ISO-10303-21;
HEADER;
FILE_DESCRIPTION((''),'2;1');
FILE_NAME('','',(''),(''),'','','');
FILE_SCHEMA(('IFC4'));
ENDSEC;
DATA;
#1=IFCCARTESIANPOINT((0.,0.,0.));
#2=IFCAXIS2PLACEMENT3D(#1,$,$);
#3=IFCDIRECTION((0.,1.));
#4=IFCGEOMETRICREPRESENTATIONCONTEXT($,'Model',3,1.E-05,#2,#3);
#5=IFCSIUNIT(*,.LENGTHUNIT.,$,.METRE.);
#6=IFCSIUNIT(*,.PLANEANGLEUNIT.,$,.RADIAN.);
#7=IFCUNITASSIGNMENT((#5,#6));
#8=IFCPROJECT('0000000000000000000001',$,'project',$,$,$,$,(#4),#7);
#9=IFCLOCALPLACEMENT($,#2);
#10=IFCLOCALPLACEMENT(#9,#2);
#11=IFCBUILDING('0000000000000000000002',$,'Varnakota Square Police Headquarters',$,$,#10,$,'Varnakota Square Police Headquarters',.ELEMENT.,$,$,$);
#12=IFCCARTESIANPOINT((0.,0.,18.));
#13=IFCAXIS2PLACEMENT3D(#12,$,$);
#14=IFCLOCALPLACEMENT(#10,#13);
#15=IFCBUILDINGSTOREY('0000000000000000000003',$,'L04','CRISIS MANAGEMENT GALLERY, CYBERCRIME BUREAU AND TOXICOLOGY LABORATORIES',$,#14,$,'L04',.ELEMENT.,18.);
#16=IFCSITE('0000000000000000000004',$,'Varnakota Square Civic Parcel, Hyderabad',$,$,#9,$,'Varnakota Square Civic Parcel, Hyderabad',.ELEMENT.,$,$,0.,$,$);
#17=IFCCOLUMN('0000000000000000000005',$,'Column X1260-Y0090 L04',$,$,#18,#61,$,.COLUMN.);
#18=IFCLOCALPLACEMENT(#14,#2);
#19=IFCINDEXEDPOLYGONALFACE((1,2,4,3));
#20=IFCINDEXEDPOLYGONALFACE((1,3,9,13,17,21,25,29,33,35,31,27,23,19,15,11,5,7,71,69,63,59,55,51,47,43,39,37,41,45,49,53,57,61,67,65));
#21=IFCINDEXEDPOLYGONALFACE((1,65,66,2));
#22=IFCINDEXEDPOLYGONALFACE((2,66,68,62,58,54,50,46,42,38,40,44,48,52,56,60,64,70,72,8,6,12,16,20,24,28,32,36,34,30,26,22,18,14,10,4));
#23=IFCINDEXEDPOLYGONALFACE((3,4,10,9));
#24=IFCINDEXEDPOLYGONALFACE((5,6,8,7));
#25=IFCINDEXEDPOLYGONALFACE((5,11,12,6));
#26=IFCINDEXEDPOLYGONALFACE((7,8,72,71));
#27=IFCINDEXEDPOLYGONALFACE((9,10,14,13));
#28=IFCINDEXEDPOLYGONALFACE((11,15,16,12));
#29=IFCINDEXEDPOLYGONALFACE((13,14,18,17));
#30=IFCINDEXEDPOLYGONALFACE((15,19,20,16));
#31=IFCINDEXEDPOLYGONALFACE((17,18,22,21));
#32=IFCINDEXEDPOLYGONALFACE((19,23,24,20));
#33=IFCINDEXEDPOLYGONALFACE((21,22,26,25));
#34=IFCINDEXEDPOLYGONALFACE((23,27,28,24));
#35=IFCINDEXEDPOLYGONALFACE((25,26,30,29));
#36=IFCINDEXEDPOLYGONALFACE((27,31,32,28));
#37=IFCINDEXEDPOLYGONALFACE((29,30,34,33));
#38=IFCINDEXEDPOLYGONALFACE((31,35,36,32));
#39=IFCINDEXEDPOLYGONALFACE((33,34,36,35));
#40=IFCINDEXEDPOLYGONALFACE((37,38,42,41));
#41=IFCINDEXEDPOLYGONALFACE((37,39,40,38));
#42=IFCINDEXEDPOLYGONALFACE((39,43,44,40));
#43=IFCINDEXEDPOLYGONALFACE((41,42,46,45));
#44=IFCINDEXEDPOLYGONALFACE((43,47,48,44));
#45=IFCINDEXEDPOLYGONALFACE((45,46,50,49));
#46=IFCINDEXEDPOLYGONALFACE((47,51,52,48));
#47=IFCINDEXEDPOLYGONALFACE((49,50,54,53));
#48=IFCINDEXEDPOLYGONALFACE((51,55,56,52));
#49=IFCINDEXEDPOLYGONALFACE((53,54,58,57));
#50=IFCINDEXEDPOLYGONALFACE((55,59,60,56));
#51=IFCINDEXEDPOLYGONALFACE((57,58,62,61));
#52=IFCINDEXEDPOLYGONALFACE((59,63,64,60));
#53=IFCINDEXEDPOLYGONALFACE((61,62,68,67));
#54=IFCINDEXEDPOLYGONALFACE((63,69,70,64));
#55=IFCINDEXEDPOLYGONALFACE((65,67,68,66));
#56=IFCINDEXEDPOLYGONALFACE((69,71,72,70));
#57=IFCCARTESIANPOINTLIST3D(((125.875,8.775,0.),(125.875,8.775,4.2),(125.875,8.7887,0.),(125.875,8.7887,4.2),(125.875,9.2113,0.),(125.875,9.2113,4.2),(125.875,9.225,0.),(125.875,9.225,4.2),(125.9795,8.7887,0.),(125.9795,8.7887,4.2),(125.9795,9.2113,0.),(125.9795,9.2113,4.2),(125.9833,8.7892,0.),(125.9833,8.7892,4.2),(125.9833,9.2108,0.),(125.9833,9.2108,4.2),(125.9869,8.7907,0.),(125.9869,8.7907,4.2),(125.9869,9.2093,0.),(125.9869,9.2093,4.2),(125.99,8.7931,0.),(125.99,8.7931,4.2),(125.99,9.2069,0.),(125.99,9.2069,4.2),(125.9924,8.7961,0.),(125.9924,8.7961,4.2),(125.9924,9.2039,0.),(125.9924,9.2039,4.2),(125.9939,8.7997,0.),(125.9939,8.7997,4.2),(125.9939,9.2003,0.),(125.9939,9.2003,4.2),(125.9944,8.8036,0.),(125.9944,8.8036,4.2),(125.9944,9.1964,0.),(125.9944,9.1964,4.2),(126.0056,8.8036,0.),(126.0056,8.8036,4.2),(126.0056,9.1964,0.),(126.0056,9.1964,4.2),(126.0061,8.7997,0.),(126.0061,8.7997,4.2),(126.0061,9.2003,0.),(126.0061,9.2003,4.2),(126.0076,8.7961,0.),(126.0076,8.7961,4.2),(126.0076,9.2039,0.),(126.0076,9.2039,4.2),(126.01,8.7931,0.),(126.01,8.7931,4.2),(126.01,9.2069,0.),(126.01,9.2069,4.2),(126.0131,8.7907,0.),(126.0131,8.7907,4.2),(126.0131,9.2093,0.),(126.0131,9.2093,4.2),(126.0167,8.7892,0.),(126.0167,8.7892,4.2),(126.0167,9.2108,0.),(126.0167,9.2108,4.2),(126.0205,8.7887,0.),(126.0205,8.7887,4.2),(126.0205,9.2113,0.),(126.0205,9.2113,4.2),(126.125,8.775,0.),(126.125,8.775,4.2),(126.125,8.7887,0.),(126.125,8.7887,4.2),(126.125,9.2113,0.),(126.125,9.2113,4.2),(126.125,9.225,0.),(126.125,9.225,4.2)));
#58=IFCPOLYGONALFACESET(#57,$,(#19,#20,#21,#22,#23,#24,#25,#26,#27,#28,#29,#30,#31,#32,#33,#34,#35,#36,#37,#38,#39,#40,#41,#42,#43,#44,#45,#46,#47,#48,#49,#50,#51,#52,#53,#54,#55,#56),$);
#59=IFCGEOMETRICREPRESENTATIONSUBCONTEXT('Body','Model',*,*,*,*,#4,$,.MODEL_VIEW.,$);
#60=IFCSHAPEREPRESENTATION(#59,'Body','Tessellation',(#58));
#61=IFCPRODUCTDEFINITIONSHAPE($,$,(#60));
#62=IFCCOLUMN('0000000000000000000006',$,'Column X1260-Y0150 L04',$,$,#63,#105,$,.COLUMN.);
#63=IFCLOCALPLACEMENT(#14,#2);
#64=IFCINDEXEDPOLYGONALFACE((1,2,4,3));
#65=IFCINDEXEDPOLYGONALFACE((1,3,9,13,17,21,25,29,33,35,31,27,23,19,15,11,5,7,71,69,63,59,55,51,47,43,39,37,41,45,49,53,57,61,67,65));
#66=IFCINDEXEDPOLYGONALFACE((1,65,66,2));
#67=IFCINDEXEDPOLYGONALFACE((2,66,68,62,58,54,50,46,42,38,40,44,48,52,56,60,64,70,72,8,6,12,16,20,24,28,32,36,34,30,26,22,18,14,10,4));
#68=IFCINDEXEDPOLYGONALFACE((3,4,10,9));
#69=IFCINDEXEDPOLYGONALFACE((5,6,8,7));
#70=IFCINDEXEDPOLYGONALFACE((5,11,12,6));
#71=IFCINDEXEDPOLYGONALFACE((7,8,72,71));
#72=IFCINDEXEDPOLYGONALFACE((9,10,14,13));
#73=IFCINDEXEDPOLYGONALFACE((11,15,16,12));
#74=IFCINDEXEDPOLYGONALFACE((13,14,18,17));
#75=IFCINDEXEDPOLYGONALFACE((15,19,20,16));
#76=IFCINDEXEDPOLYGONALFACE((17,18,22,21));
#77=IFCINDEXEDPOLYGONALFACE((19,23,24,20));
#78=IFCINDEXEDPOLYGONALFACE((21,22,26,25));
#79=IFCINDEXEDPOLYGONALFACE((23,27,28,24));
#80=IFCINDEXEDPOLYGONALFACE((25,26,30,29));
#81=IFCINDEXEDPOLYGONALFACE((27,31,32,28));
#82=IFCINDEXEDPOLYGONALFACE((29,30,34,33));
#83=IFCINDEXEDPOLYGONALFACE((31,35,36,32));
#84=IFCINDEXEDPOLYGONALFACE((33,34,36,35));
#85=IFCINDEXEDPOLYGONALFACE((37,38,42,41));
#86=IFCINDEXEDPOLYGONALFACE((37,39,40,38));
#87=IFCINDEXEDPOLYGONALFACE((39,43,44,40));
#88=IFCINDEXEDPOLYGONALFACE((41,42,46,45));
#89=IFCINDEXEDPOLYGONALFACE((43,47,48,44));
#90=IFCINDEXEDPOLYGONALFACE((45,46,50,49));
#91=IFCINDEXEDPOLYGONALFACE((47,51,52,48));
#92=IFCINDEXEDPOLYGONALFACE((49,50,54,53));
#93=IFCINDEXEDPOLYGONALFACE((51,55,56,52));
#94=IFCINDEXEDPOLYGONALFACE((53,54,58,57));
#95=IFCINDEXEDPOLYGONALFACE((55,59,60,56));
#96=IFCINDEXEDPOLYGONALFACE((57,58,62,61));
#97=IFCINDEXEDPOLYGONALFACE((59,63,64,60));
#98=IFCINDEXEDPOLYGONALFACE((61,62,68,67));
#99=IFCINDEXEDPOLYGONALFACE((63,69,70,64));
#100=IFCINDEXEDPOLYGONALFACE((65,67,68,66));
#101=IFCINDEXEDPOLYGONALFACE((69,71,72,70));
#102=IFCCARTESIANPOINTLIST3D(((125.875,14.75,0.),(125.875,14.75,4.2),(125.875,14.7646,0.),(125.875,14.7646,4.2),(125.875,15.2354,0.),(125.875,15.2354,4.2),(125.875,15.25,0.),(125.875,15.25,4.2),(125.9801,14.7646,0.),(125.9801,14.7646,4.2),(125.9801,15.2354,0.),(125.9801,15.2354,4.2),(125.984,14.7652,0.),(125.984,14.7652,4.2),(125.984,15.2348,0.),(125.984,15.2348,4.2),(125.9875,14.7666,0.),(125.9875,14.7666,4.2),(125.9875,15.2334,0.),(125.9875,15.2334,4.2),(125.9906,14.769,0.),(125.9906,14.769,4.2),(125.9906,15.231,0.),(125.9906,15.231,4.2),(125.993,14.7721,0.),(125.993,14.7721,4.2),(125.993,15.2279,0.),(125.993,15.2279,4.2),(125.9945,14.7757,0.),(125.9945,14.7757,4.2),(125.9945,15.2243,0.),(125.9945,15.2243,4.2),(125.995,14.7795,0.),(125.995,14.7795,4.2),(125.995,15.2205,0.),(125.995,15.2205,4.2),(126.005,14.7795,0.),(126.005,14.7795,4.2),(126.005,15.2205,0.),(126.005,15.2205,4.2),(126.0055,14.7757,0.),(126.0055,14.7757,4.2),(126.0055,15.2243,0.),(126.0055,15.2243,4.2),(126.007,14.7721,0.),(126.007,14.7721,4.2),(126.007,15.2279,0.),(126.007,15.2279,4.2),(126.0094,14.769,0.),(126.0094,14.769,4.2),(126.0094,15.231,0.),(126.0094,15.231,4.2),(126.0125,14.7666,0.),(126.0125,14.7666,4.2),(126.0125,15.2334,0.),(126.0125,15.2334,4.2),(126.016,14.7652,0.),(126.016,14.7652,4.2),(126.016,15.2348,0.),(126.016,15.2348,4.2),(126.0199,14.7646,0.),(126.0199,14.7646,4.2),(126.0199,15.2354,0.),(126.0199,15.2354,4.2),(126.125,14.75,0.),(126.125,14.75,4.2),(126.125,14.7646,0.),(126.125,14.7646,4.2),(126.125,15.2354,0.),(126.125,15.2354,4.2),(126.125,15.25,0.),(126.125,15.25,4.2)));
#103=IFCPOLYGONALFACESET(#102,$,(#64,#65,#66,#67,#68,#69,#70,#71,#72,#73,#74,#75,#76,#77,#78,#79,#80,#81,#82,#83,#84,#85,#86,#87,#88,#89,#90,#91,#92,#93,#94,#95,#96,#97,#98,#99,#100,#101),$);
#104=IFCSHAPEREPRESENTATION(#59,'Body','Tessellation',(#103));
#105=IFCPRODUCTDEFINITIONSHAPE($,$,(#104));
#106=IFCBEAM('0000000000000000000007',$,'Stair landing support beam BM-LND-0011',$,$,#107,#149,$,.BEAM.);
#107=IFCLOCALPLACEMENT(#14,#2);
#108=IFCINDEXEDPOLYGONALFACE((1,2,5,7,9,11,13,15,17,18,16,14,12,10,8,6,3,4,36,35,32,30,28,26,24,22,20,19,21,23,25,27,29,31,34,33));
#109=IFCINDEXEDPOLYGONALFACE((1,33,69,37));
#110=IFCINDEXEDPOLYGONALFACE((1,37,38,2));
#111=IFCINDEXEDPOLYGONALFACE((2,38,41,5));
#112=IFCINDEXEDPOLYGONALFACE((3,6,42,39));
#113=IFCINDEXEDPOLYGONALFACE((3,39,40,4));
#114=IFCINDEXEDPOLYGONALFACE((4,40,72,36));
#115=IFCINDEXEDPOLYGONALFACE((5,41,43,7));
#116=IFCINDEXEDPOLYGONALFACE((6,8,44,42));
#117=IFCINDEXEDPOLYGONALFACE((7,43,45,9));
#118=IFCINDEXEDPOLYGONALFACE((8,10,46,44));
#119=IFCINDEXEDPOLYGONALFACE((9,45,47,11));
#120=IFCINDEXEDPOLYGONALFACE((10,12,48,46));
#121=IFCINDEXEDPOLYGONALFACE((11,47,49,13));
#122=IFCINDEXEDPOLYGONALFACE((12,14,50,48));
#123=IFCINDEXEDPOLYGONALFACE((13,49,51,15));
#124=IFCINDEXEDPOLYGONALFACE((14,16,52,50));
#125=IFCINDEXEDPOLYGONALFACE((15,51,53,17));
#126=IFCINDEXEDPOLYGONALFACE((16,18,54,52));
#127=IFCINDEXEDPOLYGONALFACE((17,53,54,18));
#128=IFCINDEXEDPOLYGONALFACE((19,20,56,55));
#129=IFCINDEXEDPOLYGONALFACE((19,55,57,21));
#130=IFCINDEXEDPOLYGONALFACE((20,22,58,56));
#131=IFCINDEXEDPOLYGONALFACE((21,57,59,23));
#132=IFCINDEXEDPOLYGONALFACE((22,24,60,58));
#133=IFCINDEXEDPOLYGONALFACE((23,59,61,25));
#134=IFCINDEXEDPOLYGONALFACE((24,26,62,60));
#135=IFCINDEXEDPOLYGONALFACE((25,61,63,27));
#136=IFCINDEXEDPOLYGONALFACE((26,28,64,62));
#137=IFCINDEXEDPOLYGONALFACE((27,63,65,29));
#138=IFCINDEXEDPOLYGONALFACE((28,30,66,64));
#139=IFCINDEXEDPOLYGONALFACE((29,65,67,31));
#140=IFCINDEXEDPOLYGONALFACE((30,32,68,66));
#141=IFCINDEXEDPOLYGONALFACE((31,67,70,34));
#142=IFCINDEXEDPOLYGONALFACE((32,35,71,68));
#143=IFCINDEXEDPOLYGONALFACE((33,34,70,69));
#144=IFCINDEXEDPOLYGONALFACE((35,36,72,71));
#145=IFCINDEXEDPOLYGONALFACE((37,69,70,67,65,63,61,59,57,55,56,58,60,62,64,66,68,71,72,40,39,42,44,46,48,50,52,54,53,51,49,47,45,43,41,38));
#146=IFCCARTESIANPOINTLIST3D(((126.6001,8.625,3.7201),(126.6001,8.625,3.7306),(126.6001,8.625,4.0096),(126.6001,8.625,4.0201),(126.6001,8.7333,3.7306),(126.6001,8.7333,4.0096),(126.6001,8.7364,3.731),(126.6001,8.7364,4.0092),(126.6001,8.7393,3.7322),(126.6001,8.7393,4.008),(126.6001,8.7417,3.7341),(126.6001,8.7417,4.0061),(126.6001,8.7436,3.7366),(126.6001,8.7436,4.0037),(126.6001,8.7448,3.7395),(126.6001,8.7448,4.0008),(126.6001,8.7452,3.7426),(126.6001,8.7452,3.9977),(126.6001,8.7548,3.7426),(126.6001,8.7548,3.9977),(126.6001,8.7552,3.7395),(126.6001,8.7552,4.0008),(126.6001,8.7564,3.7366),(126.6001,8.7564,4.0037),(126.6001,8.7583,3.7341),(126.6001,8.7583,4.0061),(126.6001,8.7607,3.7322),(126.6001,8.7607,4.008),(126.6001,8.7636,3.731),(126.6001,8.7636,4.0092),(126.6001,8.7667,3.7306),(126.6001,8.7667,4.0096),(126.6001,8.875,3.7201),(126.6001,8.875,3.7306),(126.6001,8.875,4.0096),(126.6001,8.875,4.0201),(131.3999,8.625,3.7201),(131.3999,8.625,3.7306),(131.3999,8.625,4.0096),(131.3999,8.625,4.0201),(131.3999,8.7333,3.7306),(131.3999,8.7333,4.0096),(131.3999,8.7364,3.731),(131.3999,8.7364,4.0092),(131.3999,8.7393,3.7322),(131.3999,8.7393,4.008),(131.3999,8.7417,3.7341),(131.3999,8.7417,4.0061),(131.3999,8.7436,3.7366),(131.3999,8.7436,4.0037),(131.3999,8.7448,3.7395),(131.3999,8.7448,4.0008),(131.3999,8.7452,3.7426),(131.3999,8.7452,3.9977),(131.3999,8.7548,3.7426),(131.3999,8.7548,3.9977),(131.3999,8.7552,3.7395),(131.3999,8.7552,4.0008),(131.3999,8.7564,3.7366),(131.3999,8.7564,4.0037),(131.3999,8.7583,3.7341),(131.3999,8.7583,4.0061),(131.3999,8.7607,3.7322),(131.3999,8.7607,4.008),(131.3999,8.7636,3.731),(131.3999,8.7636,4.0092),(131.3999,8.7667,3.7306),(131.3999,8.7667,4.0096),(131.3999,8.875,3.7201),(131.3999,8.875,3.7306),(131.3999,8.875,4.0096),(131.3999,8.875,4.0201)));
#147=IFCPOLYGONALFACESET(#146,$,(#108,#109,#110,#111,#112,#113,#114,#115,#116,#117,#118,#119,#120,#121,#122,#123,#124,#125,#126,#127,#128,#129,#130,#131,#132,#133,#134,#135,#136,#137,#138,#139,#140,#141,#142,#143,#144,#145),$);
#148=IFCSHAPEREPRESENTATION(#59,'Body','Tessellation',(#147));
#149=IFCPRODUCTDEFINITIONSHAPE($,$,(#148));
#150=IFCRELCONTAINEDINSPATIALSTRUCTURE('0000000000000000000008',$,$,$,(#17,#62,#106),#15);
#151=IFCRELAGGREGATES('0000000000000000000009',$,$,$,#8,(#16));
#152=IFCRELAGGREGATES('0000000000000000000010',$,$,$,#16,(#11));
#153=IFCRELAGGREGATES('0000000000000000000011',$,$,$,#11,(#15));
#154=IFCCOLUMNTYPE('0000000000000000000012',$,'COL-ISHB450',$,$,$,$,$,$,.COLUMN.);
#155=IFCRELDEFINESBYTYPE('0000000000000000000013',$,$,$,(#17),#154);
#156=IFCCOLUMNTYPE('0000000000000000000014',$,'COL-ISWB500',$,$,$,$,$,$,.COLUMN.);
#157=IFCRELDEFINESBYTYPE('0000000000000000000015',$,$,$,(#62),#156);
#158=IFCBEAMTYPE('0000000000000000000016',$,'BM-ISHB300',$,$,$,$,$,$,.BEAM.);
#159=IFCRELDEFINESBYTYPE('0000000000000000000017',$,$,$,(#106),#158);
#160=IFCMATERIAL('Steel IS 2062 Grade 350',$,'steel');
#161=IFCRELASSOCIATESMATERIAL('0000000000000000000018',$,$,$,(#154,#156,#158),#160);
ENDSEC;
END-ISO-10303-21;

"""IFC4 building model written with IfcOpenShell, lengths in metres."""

from ifc_helpers import new_model, si_unit, direction, frame, origin, origin_2d, place, context, subcontext, project, spatial, i_section, extrude, material, material_profile, profile_set, type_object, element, save


model = new_model("IFC4")

# Units and contexts
model_context = context("Model", 3, precision=1e-05, world=origin(), true_north=direction((0.0, 1.0)))
body_context = subcontext(model_context, "Body", "Model", "MODEL_VIEW")
ifc_project = project(units=[si_unit("LENGTHUNIT", "METRE"), si_unit("PLANEANGLEUNIT", "RADIAN")], contexts=[model_context])

# Site, building, storey
site_placement = place(None, origin())
site = spatial("IfcSite", under=ifc_project, at=site_placement, Name="Varnakota Square Civic Parcel, Hyderabad", LongName="Varnakota Square Civic Parcel, Hyderabad", CompositionType="ELEMENT", RefElevation=0.0)
building_placement = place(site_placement, origin())
building = spatial("IfcBuilding", under=site, at=building_placement, Name="Varnakota Square Police Headquarters", LongName="Varnakota Square Police Headquarters", CompositionType="ELEMENT")
storey_placement = place(building_placement, frame((0.0, 0.0, 18.0)))
storey = spatial("IfcBuildingStorey", under=building, at=storey_placement, Name="L04", Description="CRISIS MANAGEMENT GALLERY, CYBERCRIME BUREAU AND TOXICOLOGY LABORATORIES", LongName="L04", CompositionType="ELEMENT", Elevation=18.0)

# Columns
ifc_material_1 = material(Name="Steel IS 2062 Grade 350", Category="steel")
ifc_material_profile_1 = material_profile(ifc_material_1, i_section(OverallWidth=0.25, OverallDepth=0.45, WebThickness=0.0112, FlangeThickness=0.0137, FilletRadius=0.0149, at=origin_2d()), Name="ISHB 450")
ifc_profile_set_1 = profile_set([ifc_material_profile_1], Name="Steel IS 2062 Grade 350")
column_type_1 = type_object("IfcColumnType", Name="COL-ISHB450", PredefinedType="COLUMN", material=ifc_profile_set_1)
column_1_placement = place(storey_placement, frame((126.0, 9.0, 0.0), z_axis=(0.0, 0.0, 1.0), x_axis=(1.0, 0.0, 0.0)))
element("IfcColumn", 1, at=column_1_placement, inside=storey, type_object=column_type_1, Name="Column X1260-Y0090 L04", PredefinedType="COLUMN", context=body_context, shape_type="SweptSolid", body=[
    extrude(i_section(OverallWidth=0.25, OverallDepth=0.45, WebThickness=0.0112, FlangeThickness=0.0137, FilletRadius=0.0149, at=origin_2d()), origin(), (0.0, 0.0, 1.0), 4.2),
])
ifc_material_profile_2 = material_profile(ifc_material_1, i_section(OverallWidth=0.25, OverallDepth=0.5, WebThickness=0.01, FlangeThickness=0.0146, FilletRadius=0.0149, at=origin_2d()), Name="ISWB 500")
ifc_profile_set_2 = profile_set([ifc_material_profile_2], Name="Steel IS 2062 Grade 350")
column_type_2 = type_object("IfcColumnType", Name="COL-ISWB500", PredefinedType="COLUMN", material=ifc_profile_set_2)
column_2_placement = place(storey_placement, frame((126.0, 15.0, 0.0), z_axis=(0.0, 0.0, 1.0), x_axis=(1.0, 0.0, 0.0)))
element("IfcColumn", 2, at=column_2_placement, inside=storey, type_object=column_type_2, Name="Column X1260-Y0150 L04", PredefinedType="COLUMN", context=body_context, shape_type="SweptSolid", body=[
    extrude(i_section(OverallWidth=0.25, OverallDepth=0.5, WebThickness=0.01, FlangeThickness=0.0146, FilletRadius=0.0149, at=origin_2d()), origin(), (0.0, 0.0, 1.0), 4.2),
])

# Beam
ifc_material_profile_3 = material_profile(ifc_material_1, i_section(OverallWidth=0.25, OverallDepth=0.3, WebThickness=0.0095, FlangeThickness=0.0105, FilletRadius=0.012, at=origin_2d()), Name="ISHB 300")
ifc_profile_set_3 = profile_set([ifc_material_profile_3], Name="Steel IS 2062 Grade 350")
beam_type_1 = type_object("IfcBeamType", Name="BM-ISHB300", PredefinedType="BEAM", material=ifc_profile_set_3)
beam_1_placement = place(storey_placement, frame((126.6001, 8.75, 3.8701), z_axis=(1.0, 0.0, 0.0), x_axis=(0.0, 1.0, 0.0)))
element("IfcBeam", 3, at=beam_1_placement, inside=storey, type_object=beam_type_1, Name="Stair landing support beam BM-LND-0011", PredefinedType="BEAM", context=body_context, shape_type="SweptSolid", body=[
    extrude(i_section(OverallWidth=0.25, OverallDepth=0.3, WebThickness=0.0095, FlangeThickness=0.0105, FilletRadius=0.012, at=origin_2d()), origin(), (0.0, 0.0, 1.0), 4.7998),
])

save(model, "model.ifc")
